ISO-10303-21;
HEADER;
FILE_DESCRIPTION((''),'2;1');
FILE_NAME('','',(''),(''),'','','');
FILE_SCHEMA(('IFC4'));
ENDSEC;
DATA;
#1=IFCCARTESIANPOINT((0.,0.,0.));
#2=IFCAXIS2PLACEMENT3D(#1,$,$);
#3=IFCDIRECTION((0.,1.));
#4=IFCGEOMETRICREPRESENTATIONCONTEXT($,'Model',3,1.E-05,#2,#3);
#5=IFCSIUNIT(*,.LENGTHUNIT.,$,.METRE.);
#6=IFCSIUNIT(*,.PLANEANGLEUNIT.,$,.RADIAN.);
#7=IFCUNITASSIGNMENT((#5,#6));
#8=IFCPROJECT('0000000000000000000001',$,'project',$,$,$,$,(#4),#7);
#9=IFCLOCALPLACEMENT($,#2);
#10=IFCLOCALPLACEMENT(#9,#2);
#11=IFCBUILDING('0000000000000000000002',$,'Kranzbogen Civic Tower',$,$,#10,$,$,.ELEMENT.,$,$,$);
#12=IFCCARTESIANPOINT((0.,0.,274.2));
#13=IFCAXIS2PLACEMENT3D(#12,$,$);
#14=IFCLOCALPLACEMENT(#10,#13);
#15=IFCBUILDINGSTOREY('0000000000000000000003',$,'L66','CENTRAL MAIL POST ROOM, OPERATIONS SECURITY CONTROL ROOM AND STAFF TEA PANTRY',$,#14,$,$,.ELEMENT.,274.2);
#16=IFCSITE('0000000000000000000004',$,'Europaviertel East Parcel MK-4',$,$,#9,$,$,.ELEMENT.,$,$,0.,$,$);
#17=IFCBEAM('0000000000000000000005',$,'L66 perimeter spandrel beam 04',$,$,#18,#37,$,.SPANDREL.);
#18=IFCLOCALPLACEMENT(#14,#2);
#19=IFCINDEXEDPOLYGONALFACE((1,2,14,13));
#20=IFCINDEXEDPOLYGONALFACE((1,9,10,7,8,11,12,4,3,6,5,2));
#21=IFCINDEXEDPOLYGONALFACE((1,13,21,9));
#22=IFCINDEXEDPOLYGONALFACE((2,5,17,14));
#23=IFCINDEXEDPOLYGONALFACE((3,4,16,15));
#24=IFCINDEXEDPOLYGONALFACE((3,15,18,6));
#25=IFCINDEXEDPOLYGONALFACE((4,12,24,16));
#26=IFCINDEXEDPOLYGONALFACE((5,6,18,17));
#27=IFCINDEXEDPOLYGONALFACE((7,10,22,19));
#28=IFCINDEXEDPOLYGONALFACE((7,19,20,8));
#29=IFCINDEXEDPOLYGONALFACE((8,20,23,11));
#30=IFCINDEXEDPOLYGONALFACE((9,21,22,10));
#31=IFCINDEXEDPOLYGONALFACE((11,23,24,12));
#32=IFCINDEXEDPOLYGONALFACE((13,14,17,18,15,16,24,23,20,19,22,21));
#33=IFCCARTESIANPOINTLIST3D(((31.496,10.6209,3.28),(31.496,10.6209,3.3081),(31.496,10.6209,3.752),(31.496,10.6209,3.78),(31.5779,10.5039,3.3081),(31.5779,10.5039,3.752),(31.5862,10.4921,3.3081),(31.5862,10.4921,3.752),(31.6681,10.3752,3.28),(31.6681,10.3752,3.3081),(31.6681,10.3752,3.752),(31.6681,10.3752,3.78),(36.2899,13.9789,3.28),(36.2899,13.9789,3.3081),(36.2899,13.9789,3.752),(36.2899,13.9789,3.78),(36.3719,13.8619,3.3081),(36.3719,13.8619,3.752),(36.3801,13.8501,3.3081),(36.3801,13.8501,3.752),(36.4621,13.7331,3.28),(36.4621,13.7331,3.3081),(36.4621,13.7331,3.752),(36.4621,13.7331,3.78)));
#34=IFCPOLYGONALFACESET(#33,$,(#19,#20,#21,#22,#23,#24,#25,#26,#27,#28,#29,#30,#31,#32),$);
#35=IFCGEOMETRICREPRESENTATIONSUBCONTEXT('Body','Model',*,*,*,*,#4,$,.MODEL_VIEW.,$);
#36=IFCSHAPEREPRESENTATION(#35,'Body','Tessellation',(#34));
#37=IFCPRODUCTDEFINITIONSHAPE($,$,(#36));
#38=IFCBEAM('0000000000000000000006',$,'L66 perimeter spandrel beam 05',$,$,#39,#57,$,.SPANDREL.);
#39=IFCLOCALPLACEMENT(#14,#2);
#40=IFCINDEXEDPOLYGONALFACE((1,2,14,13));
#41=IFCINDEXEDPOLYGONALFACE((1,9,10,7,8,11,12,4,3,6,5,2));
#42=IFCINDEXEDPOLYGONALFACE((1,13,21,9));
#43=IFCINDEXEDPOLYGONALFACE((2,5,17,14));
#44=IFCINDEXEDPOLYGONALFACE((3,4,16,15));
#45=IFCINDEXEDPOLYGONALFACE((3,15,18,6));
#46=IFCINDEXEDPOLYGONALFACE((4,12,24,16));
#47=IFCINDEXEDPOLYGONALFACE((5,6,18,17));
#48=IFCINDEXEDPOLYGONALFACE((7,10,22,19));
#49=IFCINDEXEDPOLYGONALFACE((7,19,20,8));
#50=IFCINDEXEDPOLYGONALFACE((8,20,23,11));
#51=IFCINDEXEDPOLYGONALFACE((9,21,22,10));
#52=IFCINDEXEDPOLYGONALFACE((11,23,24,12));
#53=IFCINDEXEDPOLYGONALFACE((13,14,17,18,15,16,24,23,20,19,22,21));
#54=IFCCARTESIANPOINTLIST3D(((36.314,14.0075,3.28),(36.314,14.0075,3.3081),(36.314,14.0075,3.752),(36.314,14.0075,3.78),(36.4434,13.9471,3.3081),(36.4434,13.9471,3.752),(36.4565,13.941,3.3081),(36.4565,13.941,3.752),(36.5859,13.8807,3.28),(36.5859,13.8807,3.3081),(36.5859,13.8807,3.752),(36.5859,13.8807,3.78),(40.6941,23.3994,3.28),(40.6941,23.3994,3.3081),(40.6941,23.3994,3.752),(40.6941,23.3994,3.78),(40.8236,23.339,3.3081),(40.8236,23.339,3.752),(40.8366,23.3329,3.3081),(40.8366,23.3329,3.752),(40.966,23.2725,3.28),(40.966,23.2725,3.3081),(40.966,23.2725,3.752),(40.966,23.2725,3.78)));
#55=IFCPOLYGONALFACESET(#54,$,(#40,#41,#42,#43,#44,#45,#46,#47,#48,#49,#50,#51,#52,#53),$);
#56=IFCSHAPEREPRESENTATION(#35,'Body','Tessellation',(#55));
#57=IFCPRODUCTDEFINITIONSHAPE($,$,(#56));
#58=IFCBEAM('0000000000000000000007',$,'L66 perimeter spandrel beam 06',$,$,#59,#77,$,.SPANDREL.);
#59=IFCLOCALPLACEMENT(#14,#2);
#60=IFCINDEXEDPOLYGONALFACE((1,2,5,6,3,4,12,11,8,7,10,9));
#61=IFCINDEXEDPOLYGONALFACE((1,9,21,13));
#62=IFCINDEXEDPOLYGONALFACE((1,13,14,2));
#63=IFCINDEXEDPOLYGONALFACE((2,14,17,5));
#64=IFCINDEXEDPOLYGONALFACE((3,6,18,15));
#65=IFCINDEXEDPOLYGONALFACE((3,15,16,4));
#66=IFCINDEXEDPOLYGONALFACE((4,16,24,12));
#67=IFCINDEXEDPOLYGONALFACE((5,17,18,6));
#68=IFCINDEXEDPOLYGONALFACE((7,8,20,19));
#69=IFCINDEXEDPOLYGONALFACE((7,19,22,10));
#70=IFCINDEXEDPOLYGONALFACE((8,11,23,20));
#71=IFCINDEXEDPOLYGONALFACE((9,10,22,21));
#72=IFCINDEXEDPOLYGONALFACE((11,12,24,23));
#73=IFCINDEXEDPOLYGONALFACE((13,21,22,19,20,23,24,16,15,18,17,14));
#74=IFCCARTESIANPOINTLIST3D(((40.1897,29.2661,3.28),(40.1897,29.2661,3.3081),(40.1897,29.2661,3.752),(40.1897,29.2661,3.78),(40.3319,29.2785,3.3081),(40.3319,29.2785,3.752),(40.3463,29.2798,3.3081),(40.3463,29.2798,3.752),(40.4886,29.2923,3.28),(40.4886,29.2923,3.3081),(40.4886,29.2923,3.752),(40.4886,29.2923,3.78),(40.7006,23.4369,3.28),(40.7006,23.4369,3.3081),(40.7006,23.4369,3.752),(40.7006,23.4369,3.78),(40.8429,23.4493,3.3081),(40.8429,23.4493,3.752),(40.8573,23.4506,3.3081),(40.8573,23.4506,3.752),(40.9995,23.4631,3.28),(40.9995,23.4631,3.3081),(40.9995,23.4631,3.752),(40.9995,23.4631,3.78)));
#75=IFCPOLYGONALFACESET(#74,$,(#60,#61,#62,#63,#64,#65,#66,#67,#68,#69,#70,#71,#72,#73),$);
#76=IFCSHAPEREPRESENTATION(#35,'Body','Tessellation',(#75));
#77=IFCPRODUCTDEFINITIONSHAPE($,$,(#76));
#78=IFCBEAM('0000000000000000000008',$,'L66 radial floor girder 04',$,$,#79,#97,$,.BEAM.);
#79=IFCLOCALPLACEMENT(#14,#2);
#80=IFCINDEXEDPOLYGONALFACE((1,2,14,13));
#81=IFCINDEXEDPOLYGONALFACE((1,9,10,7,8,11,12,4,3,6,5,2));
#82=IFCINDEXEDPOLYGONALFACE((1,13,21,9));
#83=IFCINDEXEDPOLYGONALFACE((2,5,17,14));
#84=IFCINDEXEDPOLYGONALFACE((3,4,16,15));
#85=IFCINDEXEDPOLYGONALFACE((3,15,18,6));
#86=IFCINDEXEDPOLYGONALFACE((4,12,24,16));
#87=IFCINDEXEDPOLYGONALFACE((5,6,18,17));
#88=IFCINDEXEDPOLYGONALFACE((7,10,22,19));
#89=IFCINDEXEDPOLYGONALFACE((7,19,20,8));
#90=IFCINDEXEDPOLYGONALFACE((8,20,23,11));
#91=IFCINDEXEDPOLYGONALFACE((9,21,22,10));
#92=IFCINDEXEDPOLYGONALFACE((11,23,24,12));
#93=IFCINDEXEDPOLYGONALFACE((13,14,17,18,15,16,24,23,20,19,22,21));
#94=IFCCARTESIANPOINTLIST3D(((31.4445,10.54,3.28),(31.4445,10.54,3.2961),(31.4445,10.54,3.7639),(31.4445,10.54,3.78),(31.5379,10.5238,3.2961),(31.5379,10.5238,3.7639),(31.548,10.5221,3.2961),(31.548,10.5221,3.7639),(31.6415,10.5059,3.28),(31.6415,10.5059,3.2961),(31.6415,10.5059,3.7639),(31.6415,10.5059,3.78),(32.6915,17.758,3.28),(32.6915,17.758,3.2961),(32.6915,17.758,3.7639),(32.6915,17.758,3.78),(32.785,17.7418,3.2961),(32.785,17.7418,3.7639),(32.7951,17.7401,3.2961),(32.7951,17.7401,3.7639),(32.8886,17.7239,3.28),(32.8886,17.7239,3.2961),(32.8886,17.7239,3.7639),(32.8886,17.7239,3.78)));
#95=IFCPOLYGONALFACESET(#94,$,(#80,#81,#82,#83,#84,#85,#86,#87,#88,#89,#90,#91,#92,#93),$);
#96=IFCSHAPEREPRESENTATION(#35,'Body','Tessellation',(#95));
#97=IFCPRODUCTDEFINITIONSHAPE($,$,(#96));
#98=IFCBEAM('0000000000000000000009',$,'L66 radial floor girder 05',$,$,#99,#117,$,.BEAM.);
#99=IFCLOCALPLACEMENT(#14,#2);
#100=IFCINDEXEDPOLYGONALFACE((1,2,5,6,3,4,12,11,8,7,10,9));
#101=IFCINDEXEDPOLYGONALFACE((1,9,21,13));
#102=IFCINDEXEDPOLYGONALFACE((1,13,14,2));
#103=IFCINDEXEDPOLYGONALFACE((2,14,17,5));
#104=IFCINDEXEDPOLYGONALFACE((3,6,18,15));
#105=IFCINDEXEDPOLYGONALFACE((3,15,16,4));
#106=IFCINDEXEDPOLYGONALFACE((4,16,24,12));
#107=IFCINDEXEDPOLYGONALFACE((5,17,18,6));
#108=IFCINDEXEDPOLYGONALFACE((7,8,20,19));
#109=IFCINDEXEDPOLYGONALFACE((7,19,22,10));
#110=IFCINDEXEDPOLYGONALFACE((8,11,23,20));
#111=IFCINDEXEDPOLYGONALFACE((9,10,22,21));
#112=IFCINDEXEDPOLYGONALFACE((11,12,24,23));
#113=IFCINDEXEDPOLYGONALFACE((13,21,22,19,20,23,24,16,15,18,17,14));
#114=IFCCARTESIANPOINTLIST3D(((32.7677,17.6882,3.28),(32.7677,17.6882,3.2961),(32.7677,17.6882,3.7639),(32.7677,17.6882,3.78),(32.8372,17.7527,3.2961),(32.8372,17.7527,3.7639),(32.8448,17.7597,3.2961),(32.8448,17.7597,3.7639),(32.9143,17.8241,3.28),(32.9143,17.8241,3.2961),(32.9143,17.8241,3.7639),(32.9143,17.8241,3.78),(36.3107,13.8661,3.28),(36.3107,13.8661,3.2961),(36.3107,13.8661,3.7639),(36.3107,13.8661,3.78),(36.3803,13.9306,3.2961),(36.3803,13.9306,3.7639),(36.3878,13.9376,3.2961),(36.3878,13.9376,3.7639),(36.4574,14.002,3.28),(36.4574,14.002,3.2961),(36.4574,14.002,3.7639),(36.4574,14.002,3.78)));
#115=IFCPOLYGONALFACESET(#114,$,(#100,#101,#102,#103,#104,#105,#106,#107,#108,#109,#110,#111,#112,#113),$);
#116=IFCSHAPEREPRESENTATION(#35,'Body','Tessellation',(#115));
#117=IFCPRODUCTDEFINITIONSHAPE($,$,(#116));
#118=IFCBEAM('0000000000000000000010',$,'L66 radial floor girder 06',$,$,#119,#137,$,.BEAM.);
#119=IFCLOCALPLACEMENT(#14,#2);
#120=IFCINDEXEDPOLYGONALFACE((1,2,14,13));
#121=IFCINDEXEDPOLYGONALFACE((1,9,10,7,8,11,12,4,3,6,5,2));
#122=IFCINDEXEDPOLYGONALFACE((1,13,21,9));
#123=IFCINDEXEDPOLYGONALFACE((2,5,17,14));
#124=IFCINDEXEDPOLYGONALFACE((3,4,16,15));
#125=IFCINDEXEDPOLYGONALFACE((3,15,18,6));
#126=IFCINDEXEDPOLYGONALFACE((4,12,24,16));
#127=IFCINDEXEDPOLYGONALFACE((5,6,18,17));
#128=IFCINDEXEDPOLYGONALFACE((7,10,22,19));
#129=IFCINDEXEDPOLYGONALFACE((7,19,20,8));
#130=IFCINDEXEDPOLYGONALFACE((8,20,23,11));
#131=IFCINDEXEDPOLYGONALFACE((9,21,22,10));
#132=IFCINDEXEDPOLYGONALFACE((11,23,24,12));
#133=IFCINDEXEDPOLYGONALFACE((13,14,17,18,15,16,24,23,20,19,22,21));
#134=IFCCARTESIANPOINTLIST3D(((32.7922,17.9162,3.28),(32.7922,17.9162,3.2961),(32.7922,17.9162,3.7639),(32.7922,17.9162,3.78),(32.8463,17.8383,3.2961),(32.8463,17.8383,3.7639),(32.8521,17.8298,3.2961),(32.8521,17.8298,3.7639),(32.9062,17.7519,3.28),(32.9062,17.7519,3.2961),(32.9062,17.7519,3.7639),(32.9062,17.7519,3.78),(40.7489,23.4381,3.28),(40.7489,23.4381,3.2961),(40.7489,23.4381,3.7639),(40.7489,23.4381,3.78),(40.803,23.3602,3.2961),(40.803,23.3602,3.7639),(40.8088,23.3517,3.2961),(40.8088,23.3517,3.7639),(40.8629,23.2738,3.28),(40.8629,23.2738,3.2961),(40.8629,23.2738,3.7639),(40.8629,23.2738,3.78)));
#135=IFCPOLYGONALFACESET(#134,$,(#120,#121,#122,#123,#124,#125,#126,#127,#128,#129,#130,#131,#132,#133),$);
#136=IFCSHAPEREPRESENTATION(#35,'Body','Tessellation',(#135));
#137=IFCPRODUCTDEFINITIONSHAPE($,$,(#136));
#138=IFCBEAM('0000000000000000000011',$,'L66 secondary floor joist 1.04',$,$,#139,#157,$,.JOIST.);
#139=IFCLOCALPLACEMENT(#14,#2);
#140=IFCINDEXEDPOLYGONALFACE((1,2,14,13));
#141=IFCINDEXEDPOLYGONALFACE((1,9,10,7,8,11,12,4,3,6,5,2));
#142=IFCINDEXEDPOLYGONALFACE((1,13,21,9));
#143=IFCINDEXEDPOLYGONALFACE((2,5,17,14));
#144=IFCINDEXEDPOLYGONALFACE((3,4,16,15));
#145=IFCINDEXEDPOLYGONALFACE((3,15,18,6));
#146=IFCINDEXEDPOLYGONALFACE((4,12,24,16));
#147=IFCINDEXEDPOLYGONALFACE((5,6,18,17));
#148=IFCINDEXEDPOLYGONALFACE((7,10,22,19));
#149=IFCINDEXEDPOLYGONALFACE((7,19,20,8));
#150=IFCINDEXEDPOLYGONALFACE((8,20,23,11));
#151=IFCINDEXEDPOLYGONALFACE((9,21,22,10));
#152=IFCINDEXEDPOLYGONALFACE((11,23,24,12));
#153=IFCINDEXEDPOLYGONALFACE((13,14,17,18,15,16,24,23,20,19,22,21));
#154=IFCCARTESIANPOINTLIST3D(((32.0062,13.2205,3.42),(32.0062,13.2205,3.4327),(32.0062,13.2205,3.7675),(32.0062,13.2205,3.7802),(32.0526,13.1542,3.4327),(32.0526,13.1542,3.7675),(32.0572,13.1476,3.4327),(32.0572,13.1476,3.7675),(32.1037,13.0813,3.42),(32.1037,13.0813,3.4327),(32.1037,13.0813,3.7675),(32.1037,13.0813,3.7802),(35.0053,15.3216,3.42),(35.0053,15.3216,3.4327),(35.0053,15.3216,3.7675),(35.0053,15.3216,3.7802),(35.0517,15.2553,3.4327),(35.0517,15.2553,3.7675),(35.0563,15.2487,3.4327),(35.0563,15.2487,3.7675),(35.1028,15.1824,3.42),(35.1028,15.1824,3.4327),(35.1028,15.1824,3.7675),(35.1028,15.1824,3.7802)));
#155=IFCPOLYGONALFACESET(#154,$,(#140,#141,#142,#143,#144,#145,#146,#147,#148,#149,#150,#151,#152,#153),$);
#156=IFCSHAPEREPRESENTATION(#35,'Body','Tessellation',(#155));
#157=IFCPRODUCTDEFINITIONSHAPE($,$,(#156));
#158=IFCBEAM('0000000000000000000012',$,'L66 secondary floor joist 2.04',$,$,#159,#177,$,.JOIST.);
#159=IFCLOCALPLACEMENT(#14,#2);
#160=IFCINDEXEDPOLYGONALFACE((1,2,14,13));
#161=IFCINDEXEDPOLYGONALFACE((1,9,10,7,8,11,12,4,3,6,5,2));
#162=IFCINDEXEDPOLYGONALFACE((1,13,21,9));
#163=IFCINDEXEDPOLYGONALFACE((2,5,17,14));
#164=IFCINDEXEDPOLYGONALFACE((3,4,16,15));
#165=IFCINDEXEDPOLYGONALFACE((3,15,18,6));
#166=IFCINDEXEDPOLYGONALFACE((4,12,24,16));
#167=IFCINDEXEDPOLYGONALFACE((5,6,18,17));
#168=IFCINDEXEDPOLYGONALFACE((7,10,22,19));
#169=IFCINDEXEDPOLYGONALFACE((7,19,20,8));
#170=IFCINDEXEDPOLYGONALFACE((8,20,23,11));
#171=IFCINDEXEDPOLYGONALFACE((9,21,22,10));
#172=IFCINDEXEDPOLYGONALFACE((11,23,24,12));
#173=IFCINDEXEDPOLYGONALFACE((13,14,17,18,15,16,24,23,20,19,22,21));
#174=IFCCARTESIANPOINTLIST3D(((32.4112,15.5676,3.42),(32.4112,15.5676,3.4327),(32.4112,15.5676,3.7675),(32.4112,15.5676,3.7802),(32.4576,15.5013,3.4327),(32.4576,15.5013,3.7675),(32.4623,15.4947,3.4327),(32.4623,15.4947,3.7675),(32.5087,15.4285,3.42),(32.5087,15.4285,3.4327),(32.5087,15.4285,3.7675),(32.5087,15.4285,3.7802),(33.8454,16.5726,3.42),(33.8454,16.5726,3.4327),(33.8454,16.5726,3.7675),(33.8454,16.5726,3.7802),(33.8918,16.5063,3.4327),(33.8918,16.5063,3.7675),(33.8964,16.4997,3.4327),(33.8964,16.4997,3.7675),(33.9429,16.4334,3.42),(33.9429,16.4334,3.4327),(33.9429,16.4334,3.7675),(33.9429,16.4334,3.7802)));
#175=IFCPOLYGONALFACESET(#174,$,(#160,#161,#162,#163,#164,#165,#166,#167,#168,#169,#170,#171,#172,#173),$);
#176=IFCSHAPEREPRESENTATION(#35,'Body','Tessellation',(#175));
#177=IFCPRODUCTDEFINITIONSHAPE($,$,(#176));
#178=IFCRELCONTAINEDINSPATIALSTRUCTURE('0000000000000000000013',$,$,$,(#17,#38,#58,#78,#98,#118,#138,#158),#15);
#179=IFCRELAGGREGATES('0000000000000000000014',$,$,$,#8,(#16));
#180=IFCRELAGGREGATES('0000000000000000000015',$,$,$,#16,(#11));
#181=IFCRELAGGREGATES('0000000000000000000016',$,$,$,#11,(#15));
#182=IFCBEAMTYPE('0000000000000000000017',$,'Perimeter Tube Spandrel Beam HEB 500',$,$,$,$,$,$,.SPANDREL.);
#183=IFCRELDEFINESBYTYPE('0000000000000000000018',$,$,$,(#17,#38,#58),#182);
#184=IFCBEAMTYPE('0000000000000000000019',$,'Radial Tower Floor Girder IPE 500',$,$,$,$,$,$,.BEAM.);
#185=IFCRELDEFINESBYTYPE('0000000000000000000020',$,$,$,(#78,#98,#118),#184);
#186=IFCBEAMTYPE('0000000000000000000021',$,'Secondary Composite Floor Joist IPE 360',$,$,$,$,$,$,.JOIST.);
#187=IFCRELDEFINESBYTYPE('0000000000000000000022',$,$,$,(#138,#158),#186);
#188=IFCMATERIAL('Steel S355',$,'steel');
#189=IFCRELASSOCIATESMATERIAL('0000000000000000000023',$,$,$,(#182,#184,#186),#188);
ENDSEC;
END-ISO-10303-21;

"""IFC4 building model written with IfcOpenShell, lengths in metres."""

from ifc_helpers import new_model, si_unit, direction, frame, origin, origin_2d, place, context, subcontext, project, spatial, i_section, extrude, material, material_profile, profile_set, type_object, element, save


model = new_model("IFC4")

# Units and contexts
model_context = context("Model", 3, precision=1e-05, world=origin(), true_north=direction((0.0, 1.0)))
body_context = subcontext(model_context, "Body", "Model", "MODEL_VIEW")
ifc_project = project(units=[si_unit("LENGTHUNIT", "METRE"), si_unit("PLANEANGLEUNIT", "RADIAN")], contexts=[model_context])

# Site, building, storey
site_placement = place(None, origin())
site = spatial("IfcSite", under=ifc_project, at=site_placement, Name="Europaviertel East Parcel MK-4", CompositionType="ELEMENT", RefElevation=0.0)
building_placement = place(site_placement, origin())
building = spatial("IfcBuilding", under=site, at=building_placement, Name="Kranzbogen Civic Tower", CompositionType="ELEMENT")
storey_placement = place(building_placement, frame((0.0, 0.0, 274.2)))
storey = spatial("IfcBuildingStorey", under=building, at=storey_placement, Name="L66", Description="CENTRAL MAIL POST ROOM, OPERATIONS SECURITY CONTROL ROOM AND STAFF TEA PANTRY", CompositionType="ELEMENT", Elevation=274.2)

# Shared definitions
ifc_material_1 = material(Name="Steel S355", Category="steel")

# Beams
ifc_material_profile_1 = material_profile(ifc_material_1, i_section(OverallWidth=0.3, OverallDepth=0.5, WebThickness=0.0144, FlangeThickness=0.0281, at=origin_2d()), Name="HEB 500")
ifc_profile_set_1 = profile_set([ifc_material_profile_1], Name="Steel S355")
beam_type_1 = type_object("IfcBeamType", Name="Perimeter Tube Spandrel Beam HEB 500", PredefinedType="SPANDREL", material=ifc_profile_set_1)
beam_1_placement = place(storey_placement, frame((31.582, 10.498, 3.53), z_axis=(0.819059, 0.573709, 0.0), x_axis=(-0.573709, 0.819059, 0.0)))
element("IfcBeam", 1, at=beam_1_placement, inside=storey, type_object=beam_type_1, Name="L66 perimeter spandrel beam 04", PredefinedType="SPANDREL", context=body_context, shape_type="SweptSolid", body=[
    extrude(i_section(OverallWidth=0.3, OverallDepth=0.5, WebThickness=0.0144, FlangeThickness=0.0281, at=origin_2d()), origin(), (0.0, 0.0, 1.0), 5.853),
])
beam_2_placement = place(storey_placement, frame((36.45, 13.9441, 3.53), z_axis=(0.422669, 0.906284, 0.0), x_axis=(-0.906284, 0.422669, 0.0)))
element("IfcBeam", 2, at=beam_2_placement, inside=storey, type_object=beam_type_1, Name="L66 perimeter spandrel beam 05", PredefinedType="SPANDREL", context=body_context, shape_type="SweptSolid", body=[
    extrude(i_section(OverallWidth=0.3, OverallDepth=0.5, WebThickness=0.0144, FlangeThickness=0.0281, at=origin_2d()), origin(), (0.0, 0.0, 1.0), 10.363),
])
beam_3_placement = place(storey_placement, frame((40.8501, 23.45, 3.53), z_axis=(-0.087326, 0.99618, 0.0), x_axis=(-0.99618, -0.087326, 0.0)))
element("IfcBeam", 3, at=beam_3_placement, inside=storey, type_object=beam_type_1, Name="L66 perimeter spandrel beam 06", PredefinedType="SPANDREL", context=body_context, shape_type="SweptSolid", body=[
    extrude(i_section(OverallWidth=0.3, OverallDepth=0.5, WebThickness=0.0144, FlangeThickness=0.0281, at=origin_2d()), origin(), (0.0, 0.0, 1.0), 5.8516),
])
ifc_material_profile_2 = material_profile(ifc_material_1, i_section(OverallWidth=0.2, OverallDepth=0.5, WebThickness=0.0103, FlangeThickness=0.0161, at=origin_2d()), Name="IPE 500")
ifc_profile_set_2 = profile_set([ifc_material_profile_2], Name="Steel S355")
beam_type_2 = type_object("IfcBeamType", Name="Radial Tower Floor Girder IPE 500", PredefinedType="BEAM", material=ifc_profile_set_2)
beam_4_placement = place(storey_placement, frame((31.543, 10.5229, 3.53), z_axis=(0.17025, 0.985401, 0.0), x_axis=(-0.985401, 0.17025, 0.0)))
element("IfcBeam", 4, at=beam_4_placement, inside=storey, type_object=beam_type_2, Name="L66 radial floor girder 04", PredefinedType="BEAM", context=body_context, shape_type="SweptSolid", body=[
    extrude(i_section(OverallWidth=0.2, OverallDepth=0.5, WebThickness=0.0103, FlangeThickness=0.0161, at=origin_2d()), origin(), (0.0, 0.0, 1.0), 7.325),
])
beam_5_placement = place(storey_placement, frame((36.384, 13.9341, 3.53), z_axis=(-0.679827, 0.733372, 0.0), x_axis=(-0.733372, -0.679827, 0.0)))
element("IfcBeam", 5, at=beam_5_placement, inside=storey, type_object=beam_type_2, Name="L66 radial floor girder 05", PredefinedType="BEAM", context=body_context, shape_type="SweptSolid", body=[
    extrude(i_section(OverallWidth=0.2, OverallDepth=0.5, WebThickness=0.0103, FlangeThickness=0.0161, at=origin_2d()), origin(), (0.0, 0.0, 1.0), 5.2117),
])
beam_6_placement = place(storey_placement, frame((40.8059, 23.356, 3.53), z_axis=(-0.821543, -0.570147, 0.0), x_axis=(0.570147, -0.821543, 0.0)))
element("IfcBeam", 6, at=beam_6_placement, inside=storey, type_object=beam_type_2, Name="L66 radial floor girder 06", PredefinedType="BEAM", context=body_context, shape_type="SweptSolid", body=[
    extrude(i_section(OverallWidth=0.2, OverallDepth=0.5, WebThickness=0.0103, FlangeThickness=0.0161, at=origin_2d()), origin(), (0.0, 0.0, 1.0), 9.6851),
])
ifc_material_profile_3 = material_profile(ifc_material_1, i_section(OverallWidth=0.1699, OverallDepth=0.3601, WebThickness=0.0081, FlangeThickness=0.0127, at=origin_2d()), Name="IPE 360")
ifc_profile_set_3 = profile_set([ifc_material_profile_3], Name="Steel S355")
beam_type_3 = type_object("IfcBeamType", Name="Secondary Composite Floor Joist IPE 360", PredefinedType="JOIST", material=ifc_profile_set_3)
beam_7_placement = place(storey_placement, frame((32.0549, 13.1509, 3.6001), z_axis=(0.819006, 0.573784, 0.0), x_axis=(-0.573784, 0.819006, 0.0)))
element("IfcBeam", 7, at=beam_7_placement, inside=storey, type_object=beam_type_3, Name="L66 secondary floor joist 1.04", PredefinedType="JOIST", context=body_context, shape_type="SweptSolid", body=[
    extrude(i_section(OverallWidth=0.1699, OverallDepth=0.3601, WebThickness=0.0081, FlangeThickness=0.0127, at=origin_2d()), origin(), (0.0, 0.0, 1.0), 3.6619),
])
beam_8_placement = place(storey_placement, frame((32.46, 15.498, 3.6001), z_axis=(0.818957, 0.573855, 0.0), x_axis=(-0.573855, 0.818957, 0.0)))
element("IfcBeam", 8, at=beam_8_placement, inside=storey, type_object=beam_type_3, Name="L66 secondary floor joist 2.04", PredefinedType="JOIST", context=body_context, shape_type="SweptSolid", body=[
    extrude(i_section(OverallWidth=0.1699, OverallDepth=0.3601, WebThickness=0.0081, FlangeThickness=0.0127, at=origin_2d()), origin(), (0.0, 0.0, 1.0), 1.7512),
])

save(model, "model.ifc")
